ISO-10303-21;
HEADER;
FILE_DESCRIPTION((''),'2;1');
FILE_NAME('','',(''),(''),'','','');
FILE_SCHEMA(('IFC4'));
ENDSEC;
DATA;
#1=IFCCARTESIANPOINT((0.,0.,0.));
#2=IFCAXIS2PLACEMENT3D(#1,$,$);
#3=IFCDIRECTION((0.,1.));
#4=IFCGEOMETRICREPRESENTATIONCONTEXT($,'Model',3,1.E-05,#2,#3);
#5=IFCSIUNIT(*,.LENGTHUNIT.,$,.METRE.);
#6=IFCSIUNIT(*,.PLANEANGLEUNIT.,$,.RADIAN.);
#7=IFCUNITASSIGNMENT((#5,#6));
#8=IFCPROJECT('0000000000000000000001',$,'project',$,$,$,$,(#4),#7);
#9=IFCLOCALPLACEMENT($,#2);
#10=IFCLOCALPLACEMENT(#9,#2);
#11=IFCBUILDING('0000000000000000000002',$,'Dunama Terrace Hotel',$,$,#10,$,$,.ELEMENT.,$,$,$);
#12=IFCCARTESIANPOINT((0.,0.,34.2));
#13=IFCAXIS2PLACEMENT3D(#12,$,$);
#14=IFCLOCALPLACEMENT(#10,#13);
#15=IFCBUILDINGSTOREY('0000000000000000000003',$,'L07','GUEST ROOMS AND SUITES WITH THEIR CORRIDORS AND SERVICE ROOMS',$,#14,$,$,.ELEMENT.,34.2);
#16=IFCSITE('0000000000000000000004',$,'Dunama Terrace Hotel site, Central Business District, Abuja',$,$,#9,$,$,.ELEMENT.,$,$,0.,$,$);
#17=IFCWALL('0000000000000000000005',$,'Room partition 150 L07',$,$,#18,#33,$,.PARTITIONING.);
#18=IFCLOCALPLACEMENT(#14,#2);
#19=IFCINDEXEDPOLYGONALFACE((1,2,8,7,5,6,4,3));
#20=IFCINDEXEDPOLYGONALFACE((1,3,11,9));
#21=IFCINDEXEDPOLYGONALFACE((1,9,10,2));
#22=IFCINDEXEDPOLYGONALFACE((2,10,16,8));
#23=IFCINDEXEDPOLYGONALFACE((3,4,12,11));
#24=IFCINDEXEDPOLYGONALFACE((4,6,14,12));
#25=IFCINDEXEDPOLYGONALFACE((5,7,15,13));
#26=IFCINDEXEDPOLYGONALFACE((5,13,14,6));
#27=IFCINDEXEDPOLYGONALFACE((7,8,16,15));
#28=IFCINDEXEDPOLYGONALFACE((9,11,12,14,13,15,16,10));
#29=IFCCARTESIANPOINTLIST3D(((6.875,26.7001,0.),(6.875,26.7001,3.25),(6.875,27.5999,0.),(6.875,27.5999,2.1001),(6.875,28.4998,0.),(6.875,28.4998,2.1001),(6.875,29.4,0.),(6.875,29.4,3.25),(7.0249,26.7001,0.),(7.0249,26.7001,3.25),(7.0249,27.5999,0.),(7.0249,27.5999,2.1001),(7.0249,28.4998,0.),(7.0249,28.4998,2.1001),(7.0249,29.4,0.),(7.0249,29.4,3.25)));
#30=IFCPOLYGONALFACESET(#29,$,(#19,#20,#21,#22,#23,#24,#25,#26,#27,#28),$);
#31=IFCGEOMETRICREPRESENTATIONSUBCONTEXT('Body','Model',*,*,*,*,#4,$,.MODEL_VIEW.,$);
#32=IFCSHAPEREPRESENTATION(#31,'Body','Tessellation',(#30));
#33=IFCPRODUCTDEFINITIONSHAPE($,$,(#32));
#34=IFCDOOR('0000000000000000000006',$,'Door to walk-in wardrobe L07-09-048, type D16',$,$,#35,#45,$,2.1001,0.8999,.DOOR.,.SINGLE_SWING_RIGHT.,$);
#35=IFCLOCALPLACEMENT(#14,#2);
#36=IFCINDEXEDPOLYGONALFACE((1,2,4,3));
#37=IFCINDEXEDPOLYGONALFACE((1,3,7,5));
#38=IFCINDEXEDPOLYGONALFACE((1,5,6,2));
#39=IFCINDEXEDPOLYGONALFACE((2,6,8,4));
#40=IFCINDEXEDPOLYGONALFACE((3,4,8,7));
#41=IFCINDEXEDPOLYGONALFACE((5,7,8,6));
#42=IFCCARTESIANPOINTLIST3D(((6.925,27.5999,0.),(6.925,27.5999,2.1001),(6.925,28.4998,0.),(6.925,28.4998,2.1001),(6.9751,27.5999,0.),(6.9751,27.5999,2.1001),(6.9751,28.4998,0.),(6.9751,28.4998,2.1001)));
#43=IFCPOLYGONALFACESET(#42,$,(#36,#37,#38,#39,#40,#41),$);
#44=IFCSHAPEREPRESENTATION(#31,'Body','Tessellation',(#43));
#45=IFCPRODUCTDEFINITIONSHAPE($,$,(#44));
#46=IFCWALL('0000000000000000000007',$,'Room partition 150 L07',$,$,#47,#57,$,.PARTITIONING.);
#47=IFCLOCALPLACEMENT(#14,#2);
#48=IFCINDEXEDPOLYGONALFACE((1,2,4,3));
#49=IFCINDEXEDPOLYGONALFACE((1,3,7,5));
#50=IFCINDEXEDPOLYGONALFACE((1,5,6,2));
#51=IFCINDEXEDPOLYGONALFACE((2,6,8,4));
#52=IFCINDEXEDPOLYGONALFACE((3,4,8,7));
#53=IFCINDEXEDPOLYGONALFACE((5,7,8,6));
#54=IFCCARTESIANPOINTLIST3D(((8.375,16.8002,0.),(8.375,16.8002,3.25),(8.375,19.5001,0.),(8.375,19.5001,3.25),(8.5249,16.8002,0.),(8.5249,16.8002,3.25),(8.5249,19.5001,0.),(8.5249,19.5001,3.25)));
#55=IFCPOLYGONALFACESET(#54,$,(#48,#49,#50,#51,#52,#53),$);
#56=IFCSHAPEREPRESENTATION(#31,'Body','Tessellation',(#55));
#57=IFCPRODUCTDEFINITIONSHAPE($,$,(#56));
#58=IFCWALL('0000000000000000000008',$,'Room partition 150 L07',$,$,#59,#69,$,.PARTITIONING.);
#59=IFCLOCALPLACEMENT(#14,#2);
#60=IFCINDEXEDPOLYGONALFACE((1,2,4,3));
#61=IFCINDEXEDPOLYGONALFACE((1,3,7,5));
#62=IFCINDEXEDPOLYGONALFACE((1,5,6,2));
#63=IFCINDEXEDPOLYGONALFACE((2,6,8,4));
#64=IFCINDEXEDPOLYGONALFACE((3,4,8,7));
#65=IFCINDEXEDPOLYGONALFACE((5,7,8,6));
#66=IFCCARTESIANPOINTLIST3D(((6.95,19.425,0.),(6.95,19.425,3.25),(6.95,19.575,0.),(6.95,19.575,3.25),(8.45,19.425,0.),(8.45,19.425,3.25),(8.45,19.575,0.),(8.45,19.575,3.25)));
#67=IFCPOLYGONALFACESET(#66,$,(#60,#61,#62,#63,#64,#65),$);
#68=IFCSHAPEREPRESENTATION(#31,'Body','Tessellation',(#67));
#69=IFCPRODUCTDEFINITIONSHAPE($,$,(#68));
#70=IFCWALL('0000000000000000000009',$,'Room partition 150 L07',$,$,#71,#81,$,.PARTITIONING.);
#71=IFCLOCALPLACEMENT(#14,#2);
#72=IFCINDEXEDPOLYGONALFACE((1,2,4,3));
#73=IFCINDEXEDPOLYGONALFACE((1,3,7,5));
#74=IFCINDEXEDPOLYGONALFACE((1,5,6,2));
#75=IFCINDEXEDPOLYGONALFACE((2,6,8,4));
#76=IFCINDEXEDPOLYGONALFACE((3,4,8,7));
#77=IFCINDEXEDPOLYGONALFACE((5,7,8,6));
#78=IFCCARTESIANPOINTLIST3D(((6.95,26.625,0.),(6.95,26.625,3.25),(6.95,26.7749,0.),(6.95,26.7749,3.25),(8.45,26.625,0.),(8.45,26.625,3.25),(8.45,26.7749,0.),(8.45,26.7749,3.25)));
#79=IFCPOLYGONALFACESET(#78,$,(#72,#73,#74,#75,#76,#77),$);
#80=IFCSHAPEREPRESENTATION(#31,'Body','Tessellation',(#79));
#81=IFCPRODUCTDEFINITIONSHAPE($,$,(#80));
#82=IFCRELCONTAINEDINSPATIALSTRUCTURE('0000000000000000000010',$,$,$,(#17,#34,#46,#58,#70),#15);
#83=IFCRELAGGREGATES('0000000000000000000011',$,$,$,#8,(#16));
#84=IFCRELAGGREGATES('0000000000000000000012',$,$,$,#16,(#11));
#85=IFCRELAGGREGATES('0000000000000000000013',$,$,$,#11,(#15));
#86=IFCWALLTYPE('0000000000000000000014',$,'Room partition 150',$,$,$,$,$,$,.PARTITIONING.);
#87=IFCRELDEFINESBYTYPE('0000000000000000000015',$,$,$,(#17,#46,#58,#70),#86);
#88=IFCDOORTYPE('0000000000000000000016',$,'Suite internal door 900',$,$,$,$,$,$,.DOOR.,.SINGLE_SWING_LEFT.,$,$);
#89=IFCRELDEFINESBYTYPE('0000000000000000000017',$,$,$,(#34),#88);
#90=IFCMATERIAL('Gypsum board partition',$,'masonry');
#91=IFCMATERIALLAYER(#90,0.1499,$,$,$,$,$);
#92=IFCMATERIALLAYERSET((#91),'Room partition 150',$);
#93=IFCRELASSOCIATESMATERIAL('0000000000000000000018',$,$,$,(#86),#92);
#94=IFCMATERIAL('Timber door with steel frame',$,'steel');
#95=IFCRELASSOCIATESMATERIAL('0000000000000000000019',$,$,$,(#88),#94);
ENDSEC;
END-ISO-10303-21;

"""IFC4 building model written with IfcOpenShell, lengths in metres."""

from ifc_helpers import new_model, si_unit, direction, frame, frame_2d, origin, place, context, subcontext, project, spatial, rectangle, extrude, material, layer, layer_set, type_object, element, fill, save


model = new_model("IFC4")

# Units and contexts
model_context = context("Model", 3, precision=1e-05, world=origin(), true_north=direction((0.0, 1.0)))
body_context = subcontext(model_context, "Body", "Model", "MODEL_VIEW")
ifc_project = project(units=[si_unit("LENGTHUNIT", "METRE"), si_unit("PLANEANGLEUNIT", "RADIAN")], contexts=[model_context])

# Site, building, storey
site_placement = place(None, origin())
site = spatial("IfcSite", under=ifc_project, at=site_placement, Name="Dunama Terrace Hotel site, Central Business District, Abuja", CompositionType="ELEMENT", RefElevation=0.0)
building_placement = place(site_placement, origin())
building = spatial("IfcBuilding", under=site, at=building_placement, Name="Dunama Terrace Hotel", CompositionType="ELEMENT")
storey_placement = place(building_placement, frame((0.0, 0.0, 34.2)))
storey = spatial("IfcBuildingStorey", under=building, at=storey_placement, Name="L07", Description="GUEST ROOMS AND SUITES WITH THEIR CORRIDORS AND SERVICE ROOMS", CompositionType="ELEMENT", Elevation=34.2)

# Wall, opening, door
ifc_material_1 = material(Name="Gypsum board partition", Category="masonry")
ifc_layer_1 = layer(ifc_material_1, 0.1499)
ifc_layer_set_1 = layer_set([ifc_layer_1], Name="Room partition 150")
wall_type_1 = type_object("IfcWallType", Name="Room partition 150", PredefinedType="PARTITIONING", material=ifc_layer_set_1)
ifc_material_2 = material(Name="Timber door with steel frame", Category="steel")
door_type_1 = type_object("IfcDoorType", Name="Suite internal door 900", OperationType="SINGLE_SWING_LEFT", PredefinedType="DOOR", material=ifc_material_2)
wall_1_placement = place(storey_placement, frame((6.95, 26.7, 0.0), z_axis=(0.0, 0.0, 1.0), x_axis=(0.0, 1.0, 0.0)))
wall_1 = element("IfcWall", 1, at=wall_1_placement, inside=storey, type_object=wall_type_1, Name="Room partition 150 L07", PredefinedType="PARTITIONING", context=body_context, shape_type="SweptSolid", body=[
    extrude(rectangle(XDim=2.7, YDim=0.1499, at=frame_2d((1.3501, 0.0))), origin(), (0.0, 0.0, 1.0), 3.25),
])
opening_1_placement = place(wall_1_placement, frame((0.8999, 0.0, 0.0)))
opening_1 = element("IfcOpeningElement", 2, at=opening_1_placement, cuts=wall_1, PredefinedType="OPENING", context=body_context, shape_type="SweptSolid", body=[
    extrude(rectangle(XDim=0.8999, YDim=2.1001, at=frame_2d((0.45, 1.05))), frame((0.0, 0.085, 0.0), z_axis=(0.0, -1.0, 0.0), x_axis=(1.0, 0.0, 0.0)), (0.0, 0.0, 1.0), 0.1699),
])
door_1_placement = place(opening_1_placement, frame((0.8999, 0.0, 0.0), z_axis=(0.0, 0.0, 1.0), x_axis=(-1.0, 0.0, 0.0)))
door_1 = element("IfcDoor", 3, at=door_1_placement, inside=storey, type_object=door_type_1, Name="Door to walk-in wardrobe L07-09-048, type D16", OperationType="SINGLE_SWING_RIGHT", OverallHeight=2.1001, OverallWidth=0.8999, PredefinedType="DOOR", context=body_context, shape_type="SweptSolid", body=[
    extrude(rectangle(XDim=0.8999, YDim=2.1001, at=frame_2d((0.45, 1.05))), frame((0.0, 0.0251, 0.0), z_axis=(0.0, -1.0, 0.0), x_axis=(1.0, 0.0, 0.0)), (0.0, 0.0, 1.0), 0.05),
])
fill(opening_1, door_1)

# Walls
wall_2_placement = place(storey_placement, frame((8.45, 16.8, 0.0), z_axis=(0.0, 0.0, 1.0), x_axis=(0.0, 1.0, 0.0)))
element("IfcWall", 4, at=wall_2_placement, inside=storey, type_object=wall_type_1, Name="Room partition 150 L07", PredefinedType="PARTITIONING", context=body_context, shape_type="SweptSolid", body=[
    extrude(rectangle(XDim=2.7, YDim=0.1499, at=frame_2d((1.3501, 0.0))), origin(), (0.0, 0.0, 1.0), 3.25),
])
for number, where, z_axis, x_axis, name in (
    (5, (6.95, 19.5, 0.0), (0.0, 0.0, 1.0), (1.0, 0.0, 0.0), "Room partition 150 L07"),
    (6, (6.95, 26.7, 0.0), (0.0, 0.0, 1.0), (1.0, 0.0, 0.0), "Room partition 150 L07"),
):
    element("IfcWall", number, at=place(storey_placement, frame(where, z_axis=z_axis, x_axis=x_axis)), inside=storey, type_object=wall_type_1, Name=name, PredefinedType="PARTITIONING", context=body_context, shape_type="SweptSolid", body=[
        extrude(rectangle(XDim=1.5, YDim=0.1499, at=frame_2d((0.75, 0.0))), origin(), (0.0, 0.0, 1.0), 3.25),
    ])

save(model, "model.ifc")
